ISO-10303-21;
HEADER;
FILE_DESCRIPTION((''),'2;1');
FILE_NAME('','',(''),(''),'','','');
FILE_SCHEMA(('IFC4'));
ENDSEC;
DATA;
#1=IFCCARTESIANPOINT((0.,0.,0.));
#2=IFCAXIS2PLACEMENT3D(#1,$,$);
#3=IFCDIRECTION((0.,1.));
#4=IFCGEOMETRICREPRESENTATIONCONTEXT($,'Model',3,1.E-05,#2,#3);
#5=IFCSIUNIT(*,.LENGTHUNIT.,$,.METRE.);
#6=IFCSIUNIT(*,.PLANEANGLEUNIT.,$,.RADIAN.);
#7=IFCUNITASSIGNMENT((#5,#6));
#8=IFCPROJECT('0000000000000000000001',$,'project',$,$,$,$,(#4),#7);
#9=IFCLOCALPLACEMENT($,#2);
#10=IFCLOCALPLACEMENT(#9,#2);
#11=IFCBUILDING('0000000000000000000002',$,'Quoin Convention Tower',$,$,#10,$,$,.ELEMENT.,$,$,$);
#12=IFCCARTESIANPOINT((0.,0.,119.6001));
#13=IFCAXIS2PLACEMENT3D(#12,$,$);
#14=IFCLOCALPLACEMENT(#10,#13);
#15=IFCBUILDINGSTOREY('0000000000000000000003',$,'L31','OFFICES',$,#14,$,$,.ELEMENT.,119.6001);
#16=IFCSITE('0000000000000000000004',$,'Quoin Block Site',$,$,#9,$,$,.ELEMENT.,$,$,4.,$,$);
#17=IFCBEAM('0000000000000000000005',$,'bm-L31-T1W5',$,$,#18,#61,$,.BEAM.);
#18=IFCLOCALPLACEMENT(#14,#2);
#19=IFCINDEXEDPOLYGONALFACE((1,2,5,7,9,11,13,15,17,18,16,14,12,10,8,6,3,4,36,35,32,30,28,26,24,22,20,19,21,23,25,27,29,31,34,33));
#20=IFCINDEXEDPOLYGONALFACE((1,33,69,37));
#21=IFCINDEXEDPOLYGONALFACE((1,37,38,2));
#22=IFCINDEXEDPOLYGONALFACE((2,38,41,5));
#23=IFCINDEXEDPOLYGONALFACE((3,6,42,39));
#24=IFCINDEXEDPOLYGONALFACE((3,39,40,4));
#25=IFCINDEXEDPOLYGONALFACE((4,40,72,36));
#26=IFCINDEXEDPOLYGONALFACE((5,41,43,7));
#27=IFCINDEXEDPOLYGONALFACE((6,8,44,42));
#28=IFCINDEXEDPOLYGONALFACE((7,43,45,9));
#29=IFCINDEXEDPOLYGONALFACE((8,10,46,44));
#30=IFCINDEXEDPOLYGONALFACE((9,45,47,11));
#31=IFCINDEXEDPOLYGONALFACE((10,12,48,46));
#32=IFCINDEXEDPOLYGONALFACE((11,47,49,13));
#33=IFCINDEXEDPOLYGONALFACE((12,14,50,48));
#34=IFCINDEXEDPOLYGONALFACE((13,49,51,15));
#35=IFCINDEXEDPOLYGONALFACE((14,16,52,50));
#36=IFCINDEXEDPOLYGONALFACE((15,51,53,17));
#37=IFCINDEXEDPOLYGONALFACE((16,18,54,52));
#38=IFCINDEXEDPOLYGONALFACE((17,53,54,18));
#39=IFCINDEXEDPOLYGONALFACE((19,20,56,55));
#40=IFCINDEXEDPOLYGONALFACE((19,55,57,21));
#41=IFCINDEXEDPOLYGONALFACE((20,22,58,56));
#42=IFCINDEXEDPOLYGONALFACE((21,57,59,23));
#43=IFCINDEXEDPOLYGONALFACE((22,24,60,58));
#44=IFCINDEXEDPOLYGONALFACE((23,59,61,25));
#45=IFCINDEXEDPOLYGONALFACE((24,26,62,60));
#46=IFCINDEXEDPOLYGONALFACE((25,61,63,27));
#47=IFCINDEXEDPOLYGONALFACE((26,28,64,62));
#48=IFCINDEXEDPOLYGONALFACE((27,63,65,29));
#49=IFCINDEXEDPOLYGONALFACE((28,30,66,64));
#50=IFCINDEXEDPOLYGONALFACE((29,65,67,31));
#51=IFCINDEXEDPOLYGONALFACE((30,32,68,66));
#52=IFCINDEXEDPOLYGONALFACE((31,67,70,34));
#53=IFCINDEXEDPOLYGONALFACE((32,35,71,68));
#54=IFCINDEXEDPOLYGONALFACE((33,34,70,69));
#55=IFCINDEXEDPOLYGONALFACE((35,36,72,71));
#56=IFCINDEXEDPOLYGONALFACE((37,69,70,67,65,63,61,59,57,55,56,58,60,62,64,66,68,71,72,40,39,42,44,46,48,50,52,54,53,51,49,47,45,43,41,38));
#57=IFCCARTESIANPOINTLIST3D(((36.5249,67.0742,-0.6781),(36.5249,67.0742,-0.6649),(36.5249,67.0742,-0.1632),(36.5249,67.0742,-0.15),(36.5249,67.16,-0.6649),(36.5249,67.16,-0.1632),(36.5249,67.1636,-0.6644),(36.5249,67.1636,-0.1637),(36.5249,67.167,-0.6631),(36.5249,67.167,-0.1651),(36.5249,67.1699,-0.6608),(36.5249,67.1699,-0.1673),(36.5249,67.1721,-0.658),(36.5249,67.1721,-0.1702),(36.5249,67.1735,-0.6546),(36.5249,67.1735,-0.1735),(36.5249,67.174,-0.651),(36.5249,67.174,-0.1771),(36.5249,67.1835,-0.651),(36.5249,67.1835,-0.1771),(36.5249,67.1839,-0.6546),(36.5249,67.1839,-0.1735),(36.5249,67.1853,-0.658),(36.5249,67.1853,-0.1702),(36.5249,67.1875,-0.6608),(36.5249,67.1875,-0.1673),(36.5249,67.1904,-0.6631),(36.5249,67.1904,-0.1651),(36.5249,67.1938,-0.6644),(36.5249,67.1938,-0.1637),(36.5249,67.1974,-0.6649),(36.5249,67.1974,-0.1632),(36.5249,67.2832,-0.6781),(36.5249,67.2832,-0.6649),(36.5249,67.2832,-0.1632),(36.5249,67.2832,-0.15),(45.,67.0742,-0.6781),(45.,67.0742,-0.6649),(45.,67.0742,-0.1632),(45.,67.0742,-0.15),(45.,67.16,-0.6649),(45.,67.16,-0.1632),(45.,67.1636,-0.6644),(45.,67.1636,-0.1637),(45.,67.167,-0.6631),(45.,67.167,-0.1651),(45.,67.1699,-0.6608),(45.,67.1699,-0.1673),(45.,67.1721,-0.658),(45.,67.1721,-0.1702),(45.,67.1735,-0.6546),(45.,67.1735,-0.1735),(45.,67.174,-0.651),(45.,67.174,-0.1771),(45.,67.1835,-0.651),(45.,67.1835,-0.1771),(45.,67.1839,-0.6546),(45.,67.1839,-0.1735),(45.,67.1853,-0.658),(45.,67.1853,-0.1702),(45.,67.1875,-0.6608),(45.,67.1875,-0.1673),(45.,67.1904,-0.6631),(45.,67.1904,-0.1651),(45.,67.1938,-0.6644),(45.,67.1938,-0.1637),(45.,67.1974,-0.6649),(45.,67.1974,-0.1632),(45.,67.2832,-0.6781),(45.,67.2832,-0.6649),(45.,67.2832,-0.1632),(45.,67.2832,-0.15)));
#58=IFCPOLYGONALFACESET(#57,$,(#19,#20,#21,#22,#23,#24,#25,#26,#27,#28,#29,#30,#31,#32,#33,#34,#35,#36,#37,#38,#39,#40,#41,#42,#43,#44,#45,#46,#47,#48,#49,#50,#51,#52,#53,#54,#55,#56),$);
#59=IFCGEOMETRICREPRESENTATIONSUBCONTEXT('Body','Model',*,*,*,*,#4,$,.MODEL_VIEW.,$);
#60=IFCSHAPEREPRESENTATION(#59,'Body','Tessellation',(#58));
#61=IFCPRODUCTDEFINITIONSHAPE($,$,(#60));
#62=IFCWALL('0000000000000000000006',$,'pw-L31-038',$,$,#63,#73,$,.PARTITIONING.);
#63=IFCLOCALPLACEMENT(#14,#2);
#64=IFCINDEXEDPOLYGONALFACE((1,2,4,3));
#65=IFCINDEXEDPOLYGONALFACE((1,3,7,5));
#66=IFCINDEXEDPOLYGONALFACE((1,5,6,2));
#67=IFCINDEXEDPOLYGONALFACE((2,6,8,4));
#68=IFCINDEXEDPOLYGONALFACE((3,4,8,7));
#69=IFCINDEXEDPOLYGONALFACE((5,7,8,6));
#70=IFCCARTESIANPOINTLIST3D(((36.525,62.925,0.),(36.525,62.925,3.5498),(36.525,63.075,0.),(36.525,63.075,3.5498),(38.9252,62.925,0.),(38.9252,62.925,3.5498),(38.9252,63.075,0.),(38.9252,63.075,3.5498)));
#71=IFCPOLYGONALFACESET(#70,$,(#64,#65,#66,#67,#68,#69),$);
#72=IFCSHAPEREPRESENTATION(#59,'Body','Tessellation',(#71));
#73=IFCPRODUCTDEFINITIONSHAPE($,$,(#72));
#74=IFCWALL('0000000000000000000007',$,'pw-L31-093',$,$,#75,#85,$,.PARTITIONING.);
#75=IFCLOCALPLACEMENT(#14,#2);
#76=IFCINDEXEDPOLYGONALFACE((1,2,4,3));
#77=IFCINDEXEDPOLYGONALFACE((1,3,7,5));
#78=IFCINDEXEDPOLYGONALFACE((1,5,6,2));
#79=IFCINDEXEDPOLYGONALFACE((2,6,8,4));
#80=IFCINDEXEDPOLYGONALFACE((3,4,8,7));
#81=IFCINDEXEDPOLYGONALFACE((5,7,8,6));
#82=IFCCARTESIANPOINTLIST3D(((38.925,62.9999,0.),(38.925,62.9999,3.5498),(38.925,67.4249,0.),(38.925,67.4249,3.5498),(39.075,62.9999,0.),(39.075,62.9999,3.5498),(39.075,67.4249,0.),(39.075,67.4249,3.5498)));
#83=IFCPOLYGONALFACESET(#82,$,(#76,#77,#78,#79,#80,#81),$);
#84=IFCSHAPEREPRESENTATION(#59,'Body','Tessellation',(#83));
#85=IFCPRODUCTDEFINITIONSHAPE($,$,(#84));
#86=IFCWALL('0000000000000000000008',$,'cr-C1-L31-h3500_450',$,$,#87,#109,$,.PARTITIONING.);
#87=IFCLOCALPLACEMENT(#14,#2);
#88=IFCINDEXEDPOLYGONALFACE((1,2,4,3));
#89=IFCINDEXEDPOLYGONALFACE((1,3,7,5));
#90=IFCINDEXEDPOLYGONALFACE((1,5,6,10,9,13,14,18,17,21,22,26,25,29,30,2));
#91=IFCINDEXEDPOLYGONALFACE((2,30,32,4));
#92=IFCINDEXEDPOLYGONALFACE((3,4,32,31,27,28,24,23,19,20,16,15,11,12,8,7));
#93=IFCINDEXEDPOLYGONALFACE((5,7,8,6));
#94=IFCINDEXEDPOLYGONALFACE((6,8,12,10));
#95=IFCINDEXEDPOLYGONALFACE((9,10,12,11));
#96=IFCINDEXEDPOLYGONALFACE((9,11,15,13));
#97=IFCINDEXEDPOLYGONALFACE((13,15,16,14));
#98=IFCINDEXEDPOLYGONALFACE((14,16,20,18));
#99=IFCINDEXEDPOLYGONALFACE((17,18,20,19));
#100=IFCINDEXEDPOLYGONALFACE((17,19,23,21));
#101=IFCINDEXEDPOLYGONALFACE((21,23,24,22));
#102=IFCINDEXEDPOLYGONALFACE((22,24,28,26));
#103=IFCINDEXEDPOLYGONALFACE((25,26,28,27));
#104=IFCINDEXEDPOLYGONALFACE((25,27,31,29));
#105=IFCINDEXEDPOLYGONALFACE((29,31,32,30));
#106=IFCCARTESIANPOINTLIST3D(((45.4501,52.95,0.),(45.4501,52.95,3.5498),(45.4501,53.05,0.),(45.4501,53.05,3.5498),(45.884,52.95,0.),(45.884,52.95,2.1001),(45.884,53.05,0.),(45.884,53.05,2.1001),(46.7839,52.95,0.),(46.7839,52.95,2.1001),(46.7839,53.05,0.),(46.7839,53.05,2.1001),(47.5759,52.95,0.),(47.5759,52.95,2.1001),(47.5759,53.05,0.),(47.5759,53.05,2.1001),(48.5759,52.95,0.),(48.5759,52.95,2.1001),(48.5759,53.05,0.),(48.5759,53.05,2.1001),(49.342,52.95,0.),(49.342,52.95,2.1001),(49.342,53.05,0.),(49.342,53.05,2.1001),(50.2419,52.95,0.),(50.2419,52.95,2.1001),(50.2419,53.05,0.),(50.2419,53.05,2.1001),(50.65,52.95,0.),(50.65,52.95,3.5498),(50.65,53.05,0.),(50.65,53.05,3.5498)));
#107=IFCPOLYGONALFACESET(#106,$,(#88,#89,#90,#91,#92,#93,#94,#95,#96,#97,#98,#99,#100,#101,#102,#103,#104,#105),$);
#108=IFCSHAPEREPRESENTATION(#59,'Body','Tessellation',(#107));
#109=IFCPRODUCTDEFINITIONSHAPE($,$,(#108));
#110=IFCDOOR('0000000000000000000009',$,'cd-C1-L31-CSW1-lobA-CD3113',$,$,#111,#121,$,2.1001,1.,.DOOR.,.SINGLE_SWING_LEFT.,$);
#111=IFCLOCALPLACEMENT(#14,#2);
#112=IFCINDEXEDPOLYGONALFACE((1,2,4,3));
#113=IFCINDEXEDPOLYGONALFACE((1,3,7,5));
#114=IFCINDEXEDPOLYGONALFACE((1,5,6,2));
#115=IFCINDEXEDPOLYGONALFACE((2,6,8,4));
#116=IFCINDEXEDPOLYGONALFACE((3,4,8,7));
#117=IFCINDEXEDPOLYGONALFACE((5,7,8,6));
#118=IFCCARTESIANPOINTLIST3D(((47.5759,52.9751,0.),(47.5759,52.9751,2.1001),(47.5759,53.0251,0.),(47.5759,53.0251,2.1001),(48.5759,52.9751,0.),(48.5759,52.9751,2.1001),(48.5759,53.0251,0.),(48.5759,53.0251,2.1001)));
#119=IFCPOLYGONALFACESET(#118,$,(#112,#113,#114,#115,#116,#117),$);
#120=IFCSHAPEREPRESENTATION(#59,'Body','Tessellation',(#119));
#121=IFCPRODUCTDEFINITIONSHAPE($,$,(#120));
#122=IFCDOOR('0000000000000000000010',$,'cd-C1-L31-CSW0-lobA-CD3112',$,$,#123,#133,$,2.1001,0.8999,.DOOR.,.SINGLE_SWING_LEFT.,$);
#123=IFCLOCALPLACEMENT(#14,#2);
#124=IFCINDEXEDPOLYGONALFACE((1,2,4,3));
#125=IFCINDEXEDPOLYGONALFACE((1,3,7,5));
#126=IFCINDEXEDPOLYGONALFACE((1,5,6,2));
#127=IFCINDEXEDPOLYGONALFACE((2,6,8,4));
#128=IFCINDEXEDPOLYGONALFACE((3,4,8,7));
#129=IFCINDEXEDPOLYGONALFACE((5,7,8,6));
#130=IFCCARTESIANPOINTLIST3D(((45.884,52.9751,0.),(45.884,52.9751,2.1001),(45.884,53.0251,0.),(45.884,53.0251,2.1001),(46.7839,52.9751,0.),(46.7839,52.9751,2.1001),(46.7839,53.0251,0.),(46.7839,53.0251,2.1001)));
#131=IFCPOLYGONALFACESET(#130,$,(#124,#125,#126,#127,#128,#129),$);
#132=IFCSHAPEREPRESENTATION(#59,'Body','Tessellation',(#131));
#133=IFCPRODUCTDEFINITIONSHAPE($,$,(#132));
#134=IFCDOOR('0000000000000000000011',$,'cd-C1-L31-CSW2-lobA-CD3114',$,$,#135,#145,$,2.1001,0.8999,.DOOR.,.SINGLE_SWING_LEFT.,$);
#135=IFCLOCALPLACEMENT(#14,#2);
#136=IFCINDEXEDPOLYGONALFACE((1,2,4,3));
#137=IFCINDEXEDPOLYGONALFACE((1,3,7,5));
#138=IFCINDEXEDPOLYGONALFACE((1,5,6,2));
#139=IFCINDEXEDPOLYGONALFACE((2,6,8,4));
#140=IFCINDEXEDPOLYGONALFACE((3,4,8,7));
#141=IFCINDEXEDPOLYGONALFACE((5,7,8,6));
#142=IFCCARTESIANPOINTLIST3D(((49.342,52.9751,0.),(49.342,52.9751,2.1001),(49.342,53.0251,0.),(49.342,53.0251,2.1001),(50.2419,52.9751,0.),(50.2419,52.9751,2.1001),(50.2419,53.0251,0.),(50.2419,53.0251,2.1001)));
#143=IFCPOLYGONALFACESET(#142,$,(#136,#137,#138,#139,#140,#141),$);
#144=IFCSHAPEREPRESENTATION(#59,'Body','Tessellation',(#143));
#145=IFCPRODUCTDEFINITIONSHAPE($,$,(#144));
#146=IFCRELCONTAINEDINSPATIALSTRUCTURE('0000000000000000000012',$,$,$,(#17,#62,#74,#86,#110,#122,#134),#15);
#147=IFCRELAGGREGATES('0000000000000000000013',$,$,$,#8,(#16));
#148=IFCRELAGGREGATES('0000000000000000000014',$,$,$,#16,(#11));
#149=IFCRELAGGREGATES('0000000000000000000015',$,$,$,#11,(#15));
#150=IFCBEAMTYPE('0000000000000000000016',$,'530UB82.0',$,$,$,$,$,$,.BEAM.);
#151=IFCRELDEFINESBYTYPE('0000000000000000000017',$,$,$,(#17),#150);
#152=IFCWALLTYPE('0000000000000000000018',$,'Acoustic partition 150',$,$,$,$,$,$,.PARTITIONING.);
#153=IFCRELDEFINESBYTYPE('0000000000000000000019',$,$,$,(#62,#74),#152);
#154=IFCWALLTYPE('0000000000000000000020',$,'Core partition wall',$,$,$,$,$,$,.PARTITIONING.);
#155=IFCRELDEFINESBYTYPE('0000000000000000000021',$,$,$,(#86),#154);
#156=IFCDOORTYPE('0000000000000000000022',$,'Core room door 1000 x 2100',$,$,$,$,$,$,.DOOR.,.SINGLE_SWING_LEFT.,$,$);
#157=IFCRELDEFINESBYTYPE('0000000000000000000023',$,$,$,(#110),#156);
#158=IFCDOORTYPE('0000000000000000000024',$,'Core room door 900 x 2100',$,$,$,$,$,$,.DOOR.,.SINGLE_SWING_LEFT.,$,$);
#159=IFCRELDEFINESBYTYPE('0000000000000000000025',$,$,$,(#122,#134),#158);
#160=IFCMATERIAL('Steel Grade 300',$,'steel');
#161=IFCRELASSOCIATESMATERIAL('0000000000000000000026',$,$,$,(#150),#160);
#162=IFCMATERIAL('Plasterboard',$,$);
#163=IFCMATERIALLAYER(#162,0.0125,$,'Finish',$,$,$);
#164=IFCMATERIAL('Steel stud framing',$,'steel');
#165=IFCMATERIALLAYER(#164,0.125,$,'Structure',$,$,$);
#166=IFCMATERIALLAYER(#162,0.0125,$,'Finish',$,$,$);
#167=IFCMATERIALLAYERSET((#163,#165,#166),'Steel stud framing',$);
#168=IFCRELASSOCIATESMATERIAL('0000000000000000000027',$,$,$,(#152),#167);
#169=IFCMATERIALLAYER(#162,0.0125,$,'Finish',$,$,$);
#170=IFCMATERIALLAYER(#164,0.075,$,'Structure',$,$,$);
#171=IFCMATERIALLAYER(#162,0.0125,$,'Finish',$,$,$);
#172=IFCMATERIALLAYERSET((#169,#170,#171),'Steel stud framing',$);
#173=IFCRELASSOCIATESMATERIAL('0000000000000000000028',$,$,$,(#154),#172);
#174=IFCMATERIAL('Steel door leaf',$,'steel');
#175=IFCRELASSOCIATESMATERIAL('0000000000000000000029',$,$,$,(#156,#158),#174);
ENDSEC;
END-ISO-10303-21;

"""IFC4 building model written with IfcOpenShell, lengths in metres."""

from ifc_helpers import new_model, si_unit, direction, frame, frame_2d, origin, origin_2d, place, context, subcontext, project, spatial, rectangle, i_section, extrude, material, layer, layer_set, material_profile, profile_set, type_object, element, fill, save


model = new_model("IFC4")

# Units and contexts
model_context = context("Model", 3, precision=1e-05, world=origin(), true_north=direction((0.0, 1.0)))
body_context = subcontext(model_context, "Body", "Model", "MODEL_VIEW")
ifc_project = project(units=[si_unit("LENGTHUNIT", "METRE"), si_unit("PLANEANGLEUNIT", "RADIAN")], contexts=[model_context])

# Site, building, storey
site_placement = place(None, origin())
site = spatial("IfcSite", under=ifc_project, at=site_placement, Name="Quoin Block Site", CompositionType="ELEMENT", RefElevation=4.0)
building_placement = place(site_placement, origin())
building = spatial("IfcBuilding", under=site, at=building_placement, Name="Quoin Convention Tower", CompositionType="ELEMENT")
storey_placement = place(building_placement, frame((0.0, 0.0, 119.6001)))
storey = spatial("IfcBuildingStorey", under=building, at=storey_placement, Name="L31", Description="OFFICES", CompositionType="ELEMENT", Elevation=119.6001)

# Beam
ifc_material_1 = material(Name="Steel Grade 300", Category="steel")
ifc_material_profile = material_profile(ifc_material_1, i_section(OverallWidth=0.209, OverallDepth=0.5281, WebThickness=0.0095, FlangeThickness=0.0132, FilletRadius=0.0139, at=origin_2d()), Name="530UB82.0")
ifc_profile_set = profile_set([ifc_material_profile], Name="Steel Grade 300")
beam_type = type_object("IfcBeamType", Name="530UB82.0", PredefinedType="BEAM", material=ifc_profile_set)
beam_1_placement = place(storey_placement, frame((36.5249, 67.1787, -0.4141), z_axis=(1.0, 0.0, 0.0), x_axis=(0.0, 1.0, 0.0)))
element("IfcBeam", 1, at=beam_1_placement, inside=storey, type_object=beam_type, Name="bm-L31-T1W5", PredefinedType="BEAM", context=body_context, shape_type="SweptSolid", body=[
    extrude(i_section(OverallWidth=0.209, OverallDepth=0.5281, WebThickness=0.0095, FlangeThickness=0.0132, FilletRadius=0.0139, at=origin_2d()), origin(), (0.0, 0.0, 1.0), 8.4751),
])

# Walls
ifc_material_2 = material(Name="Plasterboard")
ifc_layer_1 = layer(ifc_material_2, 0.0125, Name="Finish")
ifc_material_3 = material(Name="Steel stud framing", Category="steel")
ifc_layer_2 = layer(ifc_material_3, 0.125, Name="Structure")
ifc_layer_3 = layer(ifc_material_2, 0.0125, Name="Finish")
ifc_layer_set_1 = layer_set([ifc_layer_1, ifc_layer_2, ifc_layer_3], Name="Steel stud framing")
wall_type_1 = type_object("IfcWallType", Name="Acoustic partition 150", PredefinedType="PARTITIONING", material=ifc_layer_set_1)
wall_1_placement = place(storey_placement, frame((36.5249, 63.0, 0.0), z_axis=(0.0, 0.0, 1.0), x_axis=(1.0, 0.0, 0.0)))
element("IfcWall", 2, at=wall_1_placement, inside=storey, type_object=wall_type_1, Name="pw-L31-038", PredefinedType="PARTITIONING", context=body_context, shape_type="SweptSolid", body=[
    extrude(rectangle(XDim=2.4001, YDim=0.1499, at=frame_2d((1.2002, 0.0))), origin(), (0.0, 0.0, 1.0), 3.5498),
])
wall_2_placement = place(storey_placement, frame((39.0, 63.0, 0.0), z_axis=(0.0, 0.0, 1.0), x_axis=(0.0, 1.0, 0.0)))
element("IfcWall", 3, at=wall_2_placement, inside=storey, type_object=wall_type_1, Name="pw-L31-093", PredefinedType="PARTITIONING", context=body_context, shape_type="SweptSolid", body=[
    extrude(rectangle(XDim=4.425, YDim=0.1499, at=frame_2d((2.2124, 0.0))), origin(), (0.0, 0.0, 1.0), 3.5498),
])

# Wall, openings, doors
ifc_layer_4 = layer(ifc_material_2, 0.0125, Name="Finish")
ifc_layer_5 = layer(ifc_material_3, 0.075, Name="Structure")
ifc_layer_6 = layer(ifc_material_2, 0.0125, Name="Finish")
ifc_layer_set_2 = layer_set([ifc_layer_4, ifc_layer_5, ifc_layer_6], Name="Steel stud framing")
wall_type_2 = type_object("IfcWallType", Name="Core partition wall", PredefinedType="PARTITIONING", material=ifc_layer_set_2)
wall_3_placement = place(storey_placement, frame((45.45, 53.0, 0.0), z_axis=(0.0, 0.0, 1.0), x_axis=(1.0, 0.0, 0.0)))
wall_3 = element("IfcWall", 4, at=wall_3_placement, inside=storey, type_object=wall_type_2, Name="cr-C1-L31-h3500_450", PredefinedType="PARTITIONING", context=body_context, shape_type="SweptSolid", body=[
    extrude(rectangle(XDim=5.2, YDim=0.1001, at=frame_2d((2.6001, 0.0))), origin(), (0.0, 0.0, 1.0), 3.5498),
])
opening_1_placement = place(wall_3_placement, frame((0.4341, 0.0, 0.0)))
opening_1 = element("IfcOpeningElement", 5, at=opening_1_placement, cuts=wall_3, PredefinedType="OPENING", context=body_context, shape_type="SweptSolid", body=[
    extrude(rectangle(XDim=0.8999, YDim=2.1001, at=frame_2d((0.45, 1.05))), frame((0.0, 0.0601, 0.0), z_axis=(0.0, -1.0, 0.0), x_axis=(1.0, 0.0, 0.0)), (0.0, 0.0, 1.0), 0.1201),
])
opening_2_placement = place(wall_3_placement, frame((2.126, 0.0, 0.0)))
opening_2 = element("IfcOpeningElement", 6, at=opening_2_placement, cuts=wall_3, PredefinedType="OPENING", context=body_context, shape_type="SweptSolid", body=[
    extrude(rectangle(XDim=1.0, YDim=2.1001, at=frame_2d((0.5, 1.05))), frame((0.0, 0.0601, 0.0), z_axis=(0.0, -1.0, 0.0), x_axis=(1.0, 0.0, 0.0)), (0.0, 0.0, 1.0), 0.1201),
])
opening_3_placement = place(wall_3_placement, frame((3.8921, 0.0, 0.0)))
opening_3 = element("IfcOpeningElement", 7, at=opening_3_placement, cuts=wall_3, PredefinedType="OPENING", context=body_context, shape_type="SweptSolid", body=[
    extrude(rectangle(XDim=0.8999, YDim=2.1001, at=frame_2d((0.45, 1.05))), frame((0.0, 0.0601, 0.0), z_axis=(0.0, -1.0, 0.0), x_axis=(1.0, 0.0, 0.0)), (0.0, 0.0, 1.0), 0.1201),
])
ifc_material_4 = material(Name="Steel door leaf", Category="steel")
door_type_1 = type_object("IfcDoorType", Name="Core room door 1000 x 2100", OperationType="SINGLE_SWING_LEFT", PredefinedType="DOOR", material=ifc_material_4)
door_1_placement = place(opening_2_placement, frame((1.0, 0.0, 0.0), z_axis=(0.0, 0.0, 1.0), x_axis=(-1.0, 0.0, 0.0)))
door_1 = element("IfcDoor", 8, at=door_1_placement, inside=storey, type_object=door_type_1, Name="cd-C1-L31-CSW1-lobA-CD3113", OperationType="SINGLE_SWING_LEFT", OverallHeight=2.1001, OverallWidth=1.0, PredefinedType="DOOR", context=body_context, shape_type="SweptSolid", body=[
    extrude(rectangle(XDim=1.0, YDim=2.1001, at=frame_2d((0.5, 1.05))), frame((0.0, 0.0249, 0.0), z_axis=(0.0, -1.0, 0.0), x_axis=(1.0, 0.0, 0.0)), (0.0, 0.0, 1.0), 0.05),
])
fill(opening_2, door_1)
door_type_2 = type_object("IfcDoorType", Name="Core room door 900 x 2100", OperationType="SINGLE_SWING_LEFT", PredefinedType="DOOR", material=ifc_material_4)
door_2_placement = place(opening_1_placement, frame((0.8999, 0.0, 0.0), z_axis=(0.0, 0.0, 1.0), x_axis=(-1.0, 0.0, 0.0)))
door_2 = element("IfcDoor", 9, at=door_2_placement, inside=storey, type_object=door_type_2, Name="cd-C1-L31-CSW0-lobA-CD3112", OperationType="SINGLE_SWING_LEFT", OverallHeight=2.1001, OverallWidth=0.8999, PredefinedType="DOOR", context=body_context, shape_type="SweptSolid", body=[
    extrude(rectangle(XDim=0.8999, YDim=2.1001, at=frame_2d((0.45, 1.05))), frame((0.0, 0.0249, 0.0), z_axis=(0.0, -1.0, 0.0), x_axis=(1.0, 0.0, 0.0)), (0.0, 0.0, 1.0), 0.05),
])
fill(opening_1, door_2)
door_3_placement = place(opening_3_placement, frame((0.8999, 0.0, 0.0), z_axis=(0.0, 0.0, 1.0), x_axis=(-1.0, 0.0, 0.0)))
door_3 = element("IfcDoor", 10, at=door_3_placement, inside=storey, type_object=door_type_2, Name="cd-C1-L31-CSW2-lobA-CD3114", OperationType="SINGLE_SWING_LEFT", OverallHeight=2.1001, OverallWidth=0.8999, PredefinedType="DOOR", context=body_context, shape_type="SweptSolid", body=[
    extrude(rectangle(XDim=0.8999, YDim=2.1001, at=frame_2d((0.45, 1.05))), frame((0.0, 0.0249, 0.0), z_axis=(0.0, -1.0, 0.0), x_axis=(1.0, 0.0, 0.0)), (0.0, 0.0, 1.0), 0.05),
])
fill(opening_3, door_3)

save(model, "model.ifc")
